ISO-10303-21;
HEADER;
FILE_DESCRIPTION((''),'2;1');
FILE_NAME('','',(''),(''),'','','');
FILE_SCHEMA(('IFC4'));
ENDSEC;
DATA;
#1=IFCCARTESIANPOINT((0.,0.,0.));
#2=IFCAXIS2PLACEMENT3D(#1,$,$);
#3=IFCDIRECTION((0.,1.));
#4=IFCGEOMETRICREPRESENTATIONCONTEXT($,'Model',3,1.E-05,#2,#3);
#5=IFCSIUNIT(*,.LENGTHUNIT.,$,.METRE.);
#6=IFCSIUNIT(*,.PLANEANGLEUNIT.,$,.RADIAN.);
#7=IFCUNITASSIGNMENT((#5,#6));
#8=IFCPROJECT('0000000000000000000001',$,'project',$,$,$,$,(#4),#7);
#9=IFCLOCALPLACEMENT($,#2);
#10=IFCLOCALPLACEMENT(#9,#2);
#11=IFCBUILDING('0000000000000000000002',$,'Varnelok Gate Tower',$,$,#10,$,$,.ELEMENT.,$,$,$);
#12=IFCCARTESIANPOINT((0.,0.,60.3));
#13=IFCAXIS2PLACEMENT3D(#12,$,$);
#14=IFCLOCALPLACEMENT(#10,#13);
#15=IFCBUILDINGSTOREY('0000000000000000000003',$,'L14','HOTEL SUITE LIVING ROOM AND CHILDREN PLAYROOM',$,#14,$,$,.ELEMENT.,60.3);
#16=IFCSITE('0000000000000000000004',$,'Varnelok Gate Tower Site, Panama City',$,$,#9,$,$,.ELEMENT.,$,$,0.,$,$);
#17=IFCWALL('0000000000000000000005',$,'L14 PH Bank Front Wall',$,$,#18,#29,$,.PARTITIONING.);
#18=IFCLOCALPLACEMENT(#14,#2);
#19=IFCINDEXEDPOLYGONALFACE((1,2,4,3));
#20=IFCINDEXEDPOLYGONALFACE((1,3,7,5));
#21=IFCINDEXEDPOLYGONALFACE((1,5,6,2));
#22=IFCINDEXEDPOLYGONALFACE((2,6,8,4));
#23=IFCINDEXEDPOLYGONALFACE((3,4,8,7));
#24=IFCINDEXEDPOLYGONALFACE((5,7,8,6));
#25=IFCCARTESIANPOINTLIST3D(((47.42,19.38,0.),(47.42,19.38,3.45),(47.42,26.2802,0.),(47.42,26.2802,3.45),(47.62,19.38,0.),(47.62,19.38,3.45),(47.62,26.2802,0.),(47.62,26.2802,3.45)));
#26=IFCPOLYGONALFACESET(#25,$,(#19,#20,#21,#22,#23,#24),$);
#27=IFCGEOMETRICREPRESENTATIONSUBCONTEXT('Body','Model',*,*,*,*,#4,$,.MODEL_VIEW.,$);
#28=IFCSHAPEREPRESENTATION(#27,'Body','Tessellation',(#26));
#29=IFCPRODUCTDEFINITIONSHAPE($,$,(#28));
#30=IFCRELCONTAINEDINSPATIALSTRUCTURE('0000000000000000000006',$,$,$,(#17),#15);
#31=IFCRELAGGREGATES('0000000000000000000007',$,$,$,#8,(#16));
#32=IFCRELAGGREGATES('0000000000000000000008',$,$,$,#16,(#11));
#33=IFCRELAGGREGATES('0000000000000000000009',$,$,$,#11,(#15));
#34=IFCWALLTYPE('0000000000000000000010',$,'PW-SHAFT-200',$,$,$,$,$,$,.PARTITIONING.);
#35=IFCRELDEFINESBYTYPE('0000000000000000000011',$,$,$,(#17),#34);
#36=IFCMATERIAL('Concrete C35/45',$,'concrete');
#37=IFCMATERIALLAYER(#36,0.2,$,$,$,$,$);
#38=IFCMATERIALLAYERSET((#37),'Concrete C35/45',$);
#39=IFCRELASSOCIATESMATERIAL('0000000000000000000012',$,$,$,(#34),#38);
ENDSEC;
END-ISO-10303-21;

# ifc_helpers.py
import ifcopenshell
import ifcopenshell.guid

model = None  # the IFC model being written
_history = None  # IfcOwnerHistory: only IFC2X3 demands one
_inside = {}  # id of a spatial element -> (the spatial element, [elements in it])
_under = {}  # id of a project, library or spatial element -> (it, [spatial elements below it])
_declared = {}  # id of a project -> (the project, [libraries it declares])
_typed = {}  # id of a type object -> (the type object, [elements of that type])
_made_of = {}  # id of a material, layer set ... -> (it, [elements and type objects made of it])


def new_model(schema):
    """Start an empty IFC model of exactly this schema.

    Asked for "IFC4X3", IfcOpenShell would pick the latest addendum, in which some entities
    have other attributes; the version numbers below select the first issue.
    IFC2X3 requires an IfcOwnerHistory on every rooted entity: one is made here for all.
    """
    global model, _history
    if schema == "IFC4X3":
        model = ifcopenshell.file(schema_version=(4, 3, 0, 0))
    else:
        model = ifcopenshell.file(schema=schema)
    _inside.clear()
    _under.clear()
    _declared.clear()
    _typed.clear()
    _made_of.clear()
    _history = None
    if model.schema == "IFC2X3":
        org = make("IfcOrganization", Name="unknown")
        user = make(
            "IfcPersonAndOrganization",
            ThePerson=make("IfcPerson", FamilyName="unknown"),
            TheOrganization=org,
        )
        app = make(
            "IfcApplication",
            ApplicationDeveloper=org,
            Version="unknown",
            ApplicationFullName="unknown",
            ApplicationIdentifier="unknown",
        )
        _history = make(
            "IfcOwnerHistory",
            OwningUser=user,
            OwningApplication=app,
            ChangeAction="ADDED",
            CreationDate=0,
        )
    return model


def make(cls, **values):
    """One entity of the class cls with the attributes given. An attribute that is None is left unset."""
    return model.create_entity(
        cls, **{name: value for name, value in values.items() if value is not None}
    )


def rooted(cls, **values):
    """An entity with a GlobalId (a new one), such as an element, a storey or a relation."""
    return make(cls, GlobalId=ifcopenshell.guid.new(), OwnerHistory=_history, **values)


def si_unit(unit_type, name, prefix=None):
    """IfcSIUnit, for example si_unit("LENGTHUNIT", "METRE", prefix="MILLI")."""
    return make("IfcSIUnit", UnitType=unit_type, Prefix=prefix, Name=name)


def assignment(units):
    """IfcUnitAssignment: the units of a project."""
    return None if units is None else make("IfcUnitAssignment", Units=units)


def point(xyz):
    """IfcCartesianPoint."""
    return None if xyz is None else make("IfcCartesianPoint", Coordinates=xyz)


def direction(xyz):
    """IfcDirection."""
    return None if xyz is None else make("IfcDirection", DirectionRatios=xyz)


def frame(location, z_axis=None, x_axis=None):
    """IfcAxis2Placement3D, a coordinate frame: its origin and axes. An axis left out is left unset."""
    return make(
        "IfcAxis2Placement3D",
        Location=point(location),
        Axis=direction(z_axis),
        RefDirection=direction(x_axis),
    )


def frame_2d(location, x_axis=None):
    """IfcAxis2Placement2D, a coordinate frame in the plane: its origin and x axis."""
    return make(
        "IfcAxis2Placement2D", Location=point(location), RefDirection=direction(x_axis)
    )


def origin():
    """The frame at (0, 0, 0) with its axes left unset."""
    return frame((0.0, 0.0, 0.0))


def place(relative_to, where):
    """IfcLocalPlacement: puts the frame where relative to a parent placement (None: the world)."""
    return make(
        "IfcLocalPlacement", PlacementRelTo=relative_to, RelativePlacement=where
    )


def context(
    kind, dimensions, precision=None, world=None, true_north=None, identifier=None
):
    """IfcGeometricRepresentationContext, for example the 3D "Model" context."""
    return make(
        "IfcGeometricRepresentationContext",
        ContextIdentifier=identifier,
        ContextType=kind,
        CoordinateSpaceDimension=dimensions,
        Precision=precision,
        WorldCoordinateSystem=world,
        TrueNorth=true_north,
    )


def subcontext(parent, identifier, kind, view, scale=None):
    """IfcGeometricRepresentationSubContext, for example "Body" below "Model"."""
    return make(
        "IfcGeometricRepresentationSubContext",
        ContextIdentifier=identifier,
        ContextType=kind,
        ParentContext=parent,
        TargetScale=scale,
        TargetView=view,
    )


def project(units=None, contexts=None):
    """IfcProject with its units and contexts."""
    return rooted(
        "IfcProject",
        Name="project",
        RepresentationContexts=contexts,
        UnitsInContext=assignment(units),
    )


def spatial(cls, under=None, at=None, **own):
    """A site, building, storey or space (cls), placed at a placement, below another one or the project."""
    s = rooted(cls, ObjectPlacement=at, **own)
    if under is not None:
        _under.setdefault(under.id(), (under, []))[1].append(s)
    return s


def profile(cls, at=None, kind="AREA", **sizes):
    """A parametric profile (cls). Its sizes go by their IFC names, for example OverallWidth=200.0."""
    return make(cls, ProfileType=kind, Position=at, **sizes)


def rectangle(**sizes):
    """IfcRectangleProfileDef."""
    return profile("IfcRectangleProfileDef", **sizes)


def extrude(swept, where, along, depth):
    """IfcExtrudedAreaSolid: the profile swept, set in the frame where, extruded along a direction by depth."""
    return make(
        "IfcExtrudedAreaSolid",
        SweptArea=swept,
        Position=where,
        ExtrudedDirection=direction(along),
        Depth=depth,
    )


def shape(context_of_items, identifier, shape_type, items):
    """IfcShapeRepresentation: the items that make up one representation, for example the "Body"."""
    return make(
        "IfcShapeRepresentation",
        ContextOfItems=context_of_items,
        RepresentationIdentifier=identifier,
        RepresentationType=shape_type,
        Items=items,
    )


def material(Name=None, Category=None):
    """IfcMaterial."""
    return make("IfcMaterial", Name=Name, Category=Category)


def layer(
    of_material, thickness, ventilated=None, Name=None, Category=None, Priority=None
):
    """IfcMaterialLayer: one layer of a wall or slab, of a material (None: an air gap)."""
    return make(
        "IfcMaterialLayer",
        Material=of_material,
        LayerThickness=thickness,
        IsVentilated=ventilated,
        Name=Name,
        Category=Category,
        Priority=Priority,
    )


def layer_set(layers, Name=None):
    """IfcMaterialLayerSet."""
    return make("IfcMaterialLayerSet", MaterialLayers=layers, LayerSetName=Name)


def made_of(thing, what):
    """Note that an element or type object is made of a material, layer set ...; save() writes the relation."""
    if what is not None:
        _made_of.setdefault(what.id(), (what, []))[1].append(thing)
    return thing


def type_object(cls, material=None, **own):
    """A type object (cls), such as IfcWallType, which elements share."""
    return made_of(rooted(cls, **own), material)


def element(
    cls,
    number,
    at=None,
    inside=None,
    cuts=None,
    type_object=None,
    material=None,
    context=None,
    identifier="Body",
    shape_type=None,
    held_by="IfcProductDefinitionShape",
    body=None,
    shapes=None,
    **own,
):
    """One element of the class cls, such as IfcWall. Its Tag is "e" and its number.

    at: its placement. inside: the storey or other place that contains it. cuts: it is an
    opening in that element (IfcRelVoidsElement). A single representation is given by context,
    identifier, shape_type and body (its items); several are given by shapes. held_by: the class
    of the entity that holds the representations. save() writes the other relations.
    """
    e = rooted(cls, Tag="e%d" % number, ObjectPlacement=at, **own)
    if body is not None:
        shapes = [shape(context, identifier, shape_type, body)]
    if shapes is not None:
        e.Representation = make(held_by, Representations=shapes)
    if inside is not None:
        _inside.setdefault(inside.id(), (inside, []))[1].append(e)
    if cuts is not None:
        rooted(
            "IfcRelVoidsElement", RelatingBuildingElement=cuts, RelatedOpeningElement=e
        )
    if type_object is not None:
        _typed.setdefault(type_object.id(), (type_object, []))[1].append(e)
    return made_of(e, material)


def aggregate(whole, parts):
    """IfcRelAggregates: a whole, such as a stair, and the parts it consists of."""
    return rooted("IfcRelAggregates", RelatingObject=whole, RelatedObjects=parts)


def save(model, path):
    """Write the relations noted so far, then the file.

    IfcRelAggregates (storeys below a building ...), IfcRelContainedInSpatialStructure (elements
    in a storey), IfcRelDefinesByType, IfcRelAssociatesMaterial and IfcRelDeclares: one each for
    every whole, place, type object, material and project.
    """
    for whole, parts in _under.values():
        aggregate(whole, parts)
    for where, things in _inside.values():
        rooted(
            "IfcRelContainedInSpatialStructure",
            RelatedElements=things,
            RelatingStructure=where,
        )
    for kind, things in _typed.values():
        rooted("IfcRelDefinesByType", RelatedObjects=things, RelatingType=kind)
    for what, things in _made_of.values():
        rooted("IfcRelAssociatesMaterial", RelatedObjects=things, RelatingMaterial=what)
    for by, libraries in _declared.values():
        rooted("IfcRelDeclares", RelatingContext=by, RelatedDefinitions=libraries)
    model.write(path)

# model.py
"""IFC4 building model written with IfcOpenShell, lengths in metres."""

from ifc_helpers import new_model, si_unit, direction, frame, frame_2d, origin, place, context, subcontext, project, spatial, rectangle, extrude, material, layer, layer_set, type_object, element, save


model = new_model("IFC4")

# Units and contexts
model_context = context("Model", 3, precision=1e-05, world=origin(), true_north=direction((0.0, 1.0)))
body_context = subcontext(model_context, "Body", "Model", "MODEL_VIEW")
ifc_project = project(units=[si_unit("LENGTHUNIT", "METRE"), si_unit("PLANEANGLEUNIT", "RADIAN")], contexts=[model_context])

# Site, building, storey
site_placement = place(None, origin())
site = spatial("IfcSite", under=ifc_project, at=site_placement, Name="Varnelok Gate Tower Site, Panama City", CompositionType="ELEMENT", RefElevation=0.0)
building_placement = place(site_placement, origin())
building = spatial("IfcBuilding", under=site, at=building_placement, Name="Varnelok Gate Tower", CompositionType="ELEMENT")
storey_placement = place(building_placement, frame((0.0, 0.0, 60.3)))
storey = spatial("IfcBuildingStorey", under=building, at=storey_placement, Name="L14", Description="HOTEL SUITE LIVING ROOM AND CHILDREN PLAYROOM", CompositionType="ELEMENT", Elevation=60.3)

# Wall
ifc_material_1 = material(Name="Concrete C35/45", Category="concrete")
ifc_layer_1 = layer(ifc_material_1, 0.2)
ifc_layer_set_1 = layer_set([ifc_layer_1], Name="Concrete C35/45")
wall_type_1 = type_object("IfcWallType", Name="PW-SHAFT-200", PredefinedType="PARTITIONING", material=ifc_layer_set_1)
for number, where, z_axis, x_axis, name in (
    (1, (47.52, 19.3799, 0.0), (0.0, 0.0, 1.0), (0.0, 1.0, 0.0), "L14 PH Bank Front Wall"),
):
    element("IfcWall", number, at=place(storey_placement, frame(where, z_axis=z_axis, x_axis=x_axis)), inside=storey, type_object=wall_type_1, Name=name, PredefinedType="PARTITIONING", context=body_context, shape_type="SweptSolid", body=[
        extrude(rectangle(XDim=6.9001, YDim=0.2, at=frame_2d((3.4502, 0.0))), origin(), (0.0, 0.0, 1.0), 3.45),
    ])

save(model, "model.ifc")
